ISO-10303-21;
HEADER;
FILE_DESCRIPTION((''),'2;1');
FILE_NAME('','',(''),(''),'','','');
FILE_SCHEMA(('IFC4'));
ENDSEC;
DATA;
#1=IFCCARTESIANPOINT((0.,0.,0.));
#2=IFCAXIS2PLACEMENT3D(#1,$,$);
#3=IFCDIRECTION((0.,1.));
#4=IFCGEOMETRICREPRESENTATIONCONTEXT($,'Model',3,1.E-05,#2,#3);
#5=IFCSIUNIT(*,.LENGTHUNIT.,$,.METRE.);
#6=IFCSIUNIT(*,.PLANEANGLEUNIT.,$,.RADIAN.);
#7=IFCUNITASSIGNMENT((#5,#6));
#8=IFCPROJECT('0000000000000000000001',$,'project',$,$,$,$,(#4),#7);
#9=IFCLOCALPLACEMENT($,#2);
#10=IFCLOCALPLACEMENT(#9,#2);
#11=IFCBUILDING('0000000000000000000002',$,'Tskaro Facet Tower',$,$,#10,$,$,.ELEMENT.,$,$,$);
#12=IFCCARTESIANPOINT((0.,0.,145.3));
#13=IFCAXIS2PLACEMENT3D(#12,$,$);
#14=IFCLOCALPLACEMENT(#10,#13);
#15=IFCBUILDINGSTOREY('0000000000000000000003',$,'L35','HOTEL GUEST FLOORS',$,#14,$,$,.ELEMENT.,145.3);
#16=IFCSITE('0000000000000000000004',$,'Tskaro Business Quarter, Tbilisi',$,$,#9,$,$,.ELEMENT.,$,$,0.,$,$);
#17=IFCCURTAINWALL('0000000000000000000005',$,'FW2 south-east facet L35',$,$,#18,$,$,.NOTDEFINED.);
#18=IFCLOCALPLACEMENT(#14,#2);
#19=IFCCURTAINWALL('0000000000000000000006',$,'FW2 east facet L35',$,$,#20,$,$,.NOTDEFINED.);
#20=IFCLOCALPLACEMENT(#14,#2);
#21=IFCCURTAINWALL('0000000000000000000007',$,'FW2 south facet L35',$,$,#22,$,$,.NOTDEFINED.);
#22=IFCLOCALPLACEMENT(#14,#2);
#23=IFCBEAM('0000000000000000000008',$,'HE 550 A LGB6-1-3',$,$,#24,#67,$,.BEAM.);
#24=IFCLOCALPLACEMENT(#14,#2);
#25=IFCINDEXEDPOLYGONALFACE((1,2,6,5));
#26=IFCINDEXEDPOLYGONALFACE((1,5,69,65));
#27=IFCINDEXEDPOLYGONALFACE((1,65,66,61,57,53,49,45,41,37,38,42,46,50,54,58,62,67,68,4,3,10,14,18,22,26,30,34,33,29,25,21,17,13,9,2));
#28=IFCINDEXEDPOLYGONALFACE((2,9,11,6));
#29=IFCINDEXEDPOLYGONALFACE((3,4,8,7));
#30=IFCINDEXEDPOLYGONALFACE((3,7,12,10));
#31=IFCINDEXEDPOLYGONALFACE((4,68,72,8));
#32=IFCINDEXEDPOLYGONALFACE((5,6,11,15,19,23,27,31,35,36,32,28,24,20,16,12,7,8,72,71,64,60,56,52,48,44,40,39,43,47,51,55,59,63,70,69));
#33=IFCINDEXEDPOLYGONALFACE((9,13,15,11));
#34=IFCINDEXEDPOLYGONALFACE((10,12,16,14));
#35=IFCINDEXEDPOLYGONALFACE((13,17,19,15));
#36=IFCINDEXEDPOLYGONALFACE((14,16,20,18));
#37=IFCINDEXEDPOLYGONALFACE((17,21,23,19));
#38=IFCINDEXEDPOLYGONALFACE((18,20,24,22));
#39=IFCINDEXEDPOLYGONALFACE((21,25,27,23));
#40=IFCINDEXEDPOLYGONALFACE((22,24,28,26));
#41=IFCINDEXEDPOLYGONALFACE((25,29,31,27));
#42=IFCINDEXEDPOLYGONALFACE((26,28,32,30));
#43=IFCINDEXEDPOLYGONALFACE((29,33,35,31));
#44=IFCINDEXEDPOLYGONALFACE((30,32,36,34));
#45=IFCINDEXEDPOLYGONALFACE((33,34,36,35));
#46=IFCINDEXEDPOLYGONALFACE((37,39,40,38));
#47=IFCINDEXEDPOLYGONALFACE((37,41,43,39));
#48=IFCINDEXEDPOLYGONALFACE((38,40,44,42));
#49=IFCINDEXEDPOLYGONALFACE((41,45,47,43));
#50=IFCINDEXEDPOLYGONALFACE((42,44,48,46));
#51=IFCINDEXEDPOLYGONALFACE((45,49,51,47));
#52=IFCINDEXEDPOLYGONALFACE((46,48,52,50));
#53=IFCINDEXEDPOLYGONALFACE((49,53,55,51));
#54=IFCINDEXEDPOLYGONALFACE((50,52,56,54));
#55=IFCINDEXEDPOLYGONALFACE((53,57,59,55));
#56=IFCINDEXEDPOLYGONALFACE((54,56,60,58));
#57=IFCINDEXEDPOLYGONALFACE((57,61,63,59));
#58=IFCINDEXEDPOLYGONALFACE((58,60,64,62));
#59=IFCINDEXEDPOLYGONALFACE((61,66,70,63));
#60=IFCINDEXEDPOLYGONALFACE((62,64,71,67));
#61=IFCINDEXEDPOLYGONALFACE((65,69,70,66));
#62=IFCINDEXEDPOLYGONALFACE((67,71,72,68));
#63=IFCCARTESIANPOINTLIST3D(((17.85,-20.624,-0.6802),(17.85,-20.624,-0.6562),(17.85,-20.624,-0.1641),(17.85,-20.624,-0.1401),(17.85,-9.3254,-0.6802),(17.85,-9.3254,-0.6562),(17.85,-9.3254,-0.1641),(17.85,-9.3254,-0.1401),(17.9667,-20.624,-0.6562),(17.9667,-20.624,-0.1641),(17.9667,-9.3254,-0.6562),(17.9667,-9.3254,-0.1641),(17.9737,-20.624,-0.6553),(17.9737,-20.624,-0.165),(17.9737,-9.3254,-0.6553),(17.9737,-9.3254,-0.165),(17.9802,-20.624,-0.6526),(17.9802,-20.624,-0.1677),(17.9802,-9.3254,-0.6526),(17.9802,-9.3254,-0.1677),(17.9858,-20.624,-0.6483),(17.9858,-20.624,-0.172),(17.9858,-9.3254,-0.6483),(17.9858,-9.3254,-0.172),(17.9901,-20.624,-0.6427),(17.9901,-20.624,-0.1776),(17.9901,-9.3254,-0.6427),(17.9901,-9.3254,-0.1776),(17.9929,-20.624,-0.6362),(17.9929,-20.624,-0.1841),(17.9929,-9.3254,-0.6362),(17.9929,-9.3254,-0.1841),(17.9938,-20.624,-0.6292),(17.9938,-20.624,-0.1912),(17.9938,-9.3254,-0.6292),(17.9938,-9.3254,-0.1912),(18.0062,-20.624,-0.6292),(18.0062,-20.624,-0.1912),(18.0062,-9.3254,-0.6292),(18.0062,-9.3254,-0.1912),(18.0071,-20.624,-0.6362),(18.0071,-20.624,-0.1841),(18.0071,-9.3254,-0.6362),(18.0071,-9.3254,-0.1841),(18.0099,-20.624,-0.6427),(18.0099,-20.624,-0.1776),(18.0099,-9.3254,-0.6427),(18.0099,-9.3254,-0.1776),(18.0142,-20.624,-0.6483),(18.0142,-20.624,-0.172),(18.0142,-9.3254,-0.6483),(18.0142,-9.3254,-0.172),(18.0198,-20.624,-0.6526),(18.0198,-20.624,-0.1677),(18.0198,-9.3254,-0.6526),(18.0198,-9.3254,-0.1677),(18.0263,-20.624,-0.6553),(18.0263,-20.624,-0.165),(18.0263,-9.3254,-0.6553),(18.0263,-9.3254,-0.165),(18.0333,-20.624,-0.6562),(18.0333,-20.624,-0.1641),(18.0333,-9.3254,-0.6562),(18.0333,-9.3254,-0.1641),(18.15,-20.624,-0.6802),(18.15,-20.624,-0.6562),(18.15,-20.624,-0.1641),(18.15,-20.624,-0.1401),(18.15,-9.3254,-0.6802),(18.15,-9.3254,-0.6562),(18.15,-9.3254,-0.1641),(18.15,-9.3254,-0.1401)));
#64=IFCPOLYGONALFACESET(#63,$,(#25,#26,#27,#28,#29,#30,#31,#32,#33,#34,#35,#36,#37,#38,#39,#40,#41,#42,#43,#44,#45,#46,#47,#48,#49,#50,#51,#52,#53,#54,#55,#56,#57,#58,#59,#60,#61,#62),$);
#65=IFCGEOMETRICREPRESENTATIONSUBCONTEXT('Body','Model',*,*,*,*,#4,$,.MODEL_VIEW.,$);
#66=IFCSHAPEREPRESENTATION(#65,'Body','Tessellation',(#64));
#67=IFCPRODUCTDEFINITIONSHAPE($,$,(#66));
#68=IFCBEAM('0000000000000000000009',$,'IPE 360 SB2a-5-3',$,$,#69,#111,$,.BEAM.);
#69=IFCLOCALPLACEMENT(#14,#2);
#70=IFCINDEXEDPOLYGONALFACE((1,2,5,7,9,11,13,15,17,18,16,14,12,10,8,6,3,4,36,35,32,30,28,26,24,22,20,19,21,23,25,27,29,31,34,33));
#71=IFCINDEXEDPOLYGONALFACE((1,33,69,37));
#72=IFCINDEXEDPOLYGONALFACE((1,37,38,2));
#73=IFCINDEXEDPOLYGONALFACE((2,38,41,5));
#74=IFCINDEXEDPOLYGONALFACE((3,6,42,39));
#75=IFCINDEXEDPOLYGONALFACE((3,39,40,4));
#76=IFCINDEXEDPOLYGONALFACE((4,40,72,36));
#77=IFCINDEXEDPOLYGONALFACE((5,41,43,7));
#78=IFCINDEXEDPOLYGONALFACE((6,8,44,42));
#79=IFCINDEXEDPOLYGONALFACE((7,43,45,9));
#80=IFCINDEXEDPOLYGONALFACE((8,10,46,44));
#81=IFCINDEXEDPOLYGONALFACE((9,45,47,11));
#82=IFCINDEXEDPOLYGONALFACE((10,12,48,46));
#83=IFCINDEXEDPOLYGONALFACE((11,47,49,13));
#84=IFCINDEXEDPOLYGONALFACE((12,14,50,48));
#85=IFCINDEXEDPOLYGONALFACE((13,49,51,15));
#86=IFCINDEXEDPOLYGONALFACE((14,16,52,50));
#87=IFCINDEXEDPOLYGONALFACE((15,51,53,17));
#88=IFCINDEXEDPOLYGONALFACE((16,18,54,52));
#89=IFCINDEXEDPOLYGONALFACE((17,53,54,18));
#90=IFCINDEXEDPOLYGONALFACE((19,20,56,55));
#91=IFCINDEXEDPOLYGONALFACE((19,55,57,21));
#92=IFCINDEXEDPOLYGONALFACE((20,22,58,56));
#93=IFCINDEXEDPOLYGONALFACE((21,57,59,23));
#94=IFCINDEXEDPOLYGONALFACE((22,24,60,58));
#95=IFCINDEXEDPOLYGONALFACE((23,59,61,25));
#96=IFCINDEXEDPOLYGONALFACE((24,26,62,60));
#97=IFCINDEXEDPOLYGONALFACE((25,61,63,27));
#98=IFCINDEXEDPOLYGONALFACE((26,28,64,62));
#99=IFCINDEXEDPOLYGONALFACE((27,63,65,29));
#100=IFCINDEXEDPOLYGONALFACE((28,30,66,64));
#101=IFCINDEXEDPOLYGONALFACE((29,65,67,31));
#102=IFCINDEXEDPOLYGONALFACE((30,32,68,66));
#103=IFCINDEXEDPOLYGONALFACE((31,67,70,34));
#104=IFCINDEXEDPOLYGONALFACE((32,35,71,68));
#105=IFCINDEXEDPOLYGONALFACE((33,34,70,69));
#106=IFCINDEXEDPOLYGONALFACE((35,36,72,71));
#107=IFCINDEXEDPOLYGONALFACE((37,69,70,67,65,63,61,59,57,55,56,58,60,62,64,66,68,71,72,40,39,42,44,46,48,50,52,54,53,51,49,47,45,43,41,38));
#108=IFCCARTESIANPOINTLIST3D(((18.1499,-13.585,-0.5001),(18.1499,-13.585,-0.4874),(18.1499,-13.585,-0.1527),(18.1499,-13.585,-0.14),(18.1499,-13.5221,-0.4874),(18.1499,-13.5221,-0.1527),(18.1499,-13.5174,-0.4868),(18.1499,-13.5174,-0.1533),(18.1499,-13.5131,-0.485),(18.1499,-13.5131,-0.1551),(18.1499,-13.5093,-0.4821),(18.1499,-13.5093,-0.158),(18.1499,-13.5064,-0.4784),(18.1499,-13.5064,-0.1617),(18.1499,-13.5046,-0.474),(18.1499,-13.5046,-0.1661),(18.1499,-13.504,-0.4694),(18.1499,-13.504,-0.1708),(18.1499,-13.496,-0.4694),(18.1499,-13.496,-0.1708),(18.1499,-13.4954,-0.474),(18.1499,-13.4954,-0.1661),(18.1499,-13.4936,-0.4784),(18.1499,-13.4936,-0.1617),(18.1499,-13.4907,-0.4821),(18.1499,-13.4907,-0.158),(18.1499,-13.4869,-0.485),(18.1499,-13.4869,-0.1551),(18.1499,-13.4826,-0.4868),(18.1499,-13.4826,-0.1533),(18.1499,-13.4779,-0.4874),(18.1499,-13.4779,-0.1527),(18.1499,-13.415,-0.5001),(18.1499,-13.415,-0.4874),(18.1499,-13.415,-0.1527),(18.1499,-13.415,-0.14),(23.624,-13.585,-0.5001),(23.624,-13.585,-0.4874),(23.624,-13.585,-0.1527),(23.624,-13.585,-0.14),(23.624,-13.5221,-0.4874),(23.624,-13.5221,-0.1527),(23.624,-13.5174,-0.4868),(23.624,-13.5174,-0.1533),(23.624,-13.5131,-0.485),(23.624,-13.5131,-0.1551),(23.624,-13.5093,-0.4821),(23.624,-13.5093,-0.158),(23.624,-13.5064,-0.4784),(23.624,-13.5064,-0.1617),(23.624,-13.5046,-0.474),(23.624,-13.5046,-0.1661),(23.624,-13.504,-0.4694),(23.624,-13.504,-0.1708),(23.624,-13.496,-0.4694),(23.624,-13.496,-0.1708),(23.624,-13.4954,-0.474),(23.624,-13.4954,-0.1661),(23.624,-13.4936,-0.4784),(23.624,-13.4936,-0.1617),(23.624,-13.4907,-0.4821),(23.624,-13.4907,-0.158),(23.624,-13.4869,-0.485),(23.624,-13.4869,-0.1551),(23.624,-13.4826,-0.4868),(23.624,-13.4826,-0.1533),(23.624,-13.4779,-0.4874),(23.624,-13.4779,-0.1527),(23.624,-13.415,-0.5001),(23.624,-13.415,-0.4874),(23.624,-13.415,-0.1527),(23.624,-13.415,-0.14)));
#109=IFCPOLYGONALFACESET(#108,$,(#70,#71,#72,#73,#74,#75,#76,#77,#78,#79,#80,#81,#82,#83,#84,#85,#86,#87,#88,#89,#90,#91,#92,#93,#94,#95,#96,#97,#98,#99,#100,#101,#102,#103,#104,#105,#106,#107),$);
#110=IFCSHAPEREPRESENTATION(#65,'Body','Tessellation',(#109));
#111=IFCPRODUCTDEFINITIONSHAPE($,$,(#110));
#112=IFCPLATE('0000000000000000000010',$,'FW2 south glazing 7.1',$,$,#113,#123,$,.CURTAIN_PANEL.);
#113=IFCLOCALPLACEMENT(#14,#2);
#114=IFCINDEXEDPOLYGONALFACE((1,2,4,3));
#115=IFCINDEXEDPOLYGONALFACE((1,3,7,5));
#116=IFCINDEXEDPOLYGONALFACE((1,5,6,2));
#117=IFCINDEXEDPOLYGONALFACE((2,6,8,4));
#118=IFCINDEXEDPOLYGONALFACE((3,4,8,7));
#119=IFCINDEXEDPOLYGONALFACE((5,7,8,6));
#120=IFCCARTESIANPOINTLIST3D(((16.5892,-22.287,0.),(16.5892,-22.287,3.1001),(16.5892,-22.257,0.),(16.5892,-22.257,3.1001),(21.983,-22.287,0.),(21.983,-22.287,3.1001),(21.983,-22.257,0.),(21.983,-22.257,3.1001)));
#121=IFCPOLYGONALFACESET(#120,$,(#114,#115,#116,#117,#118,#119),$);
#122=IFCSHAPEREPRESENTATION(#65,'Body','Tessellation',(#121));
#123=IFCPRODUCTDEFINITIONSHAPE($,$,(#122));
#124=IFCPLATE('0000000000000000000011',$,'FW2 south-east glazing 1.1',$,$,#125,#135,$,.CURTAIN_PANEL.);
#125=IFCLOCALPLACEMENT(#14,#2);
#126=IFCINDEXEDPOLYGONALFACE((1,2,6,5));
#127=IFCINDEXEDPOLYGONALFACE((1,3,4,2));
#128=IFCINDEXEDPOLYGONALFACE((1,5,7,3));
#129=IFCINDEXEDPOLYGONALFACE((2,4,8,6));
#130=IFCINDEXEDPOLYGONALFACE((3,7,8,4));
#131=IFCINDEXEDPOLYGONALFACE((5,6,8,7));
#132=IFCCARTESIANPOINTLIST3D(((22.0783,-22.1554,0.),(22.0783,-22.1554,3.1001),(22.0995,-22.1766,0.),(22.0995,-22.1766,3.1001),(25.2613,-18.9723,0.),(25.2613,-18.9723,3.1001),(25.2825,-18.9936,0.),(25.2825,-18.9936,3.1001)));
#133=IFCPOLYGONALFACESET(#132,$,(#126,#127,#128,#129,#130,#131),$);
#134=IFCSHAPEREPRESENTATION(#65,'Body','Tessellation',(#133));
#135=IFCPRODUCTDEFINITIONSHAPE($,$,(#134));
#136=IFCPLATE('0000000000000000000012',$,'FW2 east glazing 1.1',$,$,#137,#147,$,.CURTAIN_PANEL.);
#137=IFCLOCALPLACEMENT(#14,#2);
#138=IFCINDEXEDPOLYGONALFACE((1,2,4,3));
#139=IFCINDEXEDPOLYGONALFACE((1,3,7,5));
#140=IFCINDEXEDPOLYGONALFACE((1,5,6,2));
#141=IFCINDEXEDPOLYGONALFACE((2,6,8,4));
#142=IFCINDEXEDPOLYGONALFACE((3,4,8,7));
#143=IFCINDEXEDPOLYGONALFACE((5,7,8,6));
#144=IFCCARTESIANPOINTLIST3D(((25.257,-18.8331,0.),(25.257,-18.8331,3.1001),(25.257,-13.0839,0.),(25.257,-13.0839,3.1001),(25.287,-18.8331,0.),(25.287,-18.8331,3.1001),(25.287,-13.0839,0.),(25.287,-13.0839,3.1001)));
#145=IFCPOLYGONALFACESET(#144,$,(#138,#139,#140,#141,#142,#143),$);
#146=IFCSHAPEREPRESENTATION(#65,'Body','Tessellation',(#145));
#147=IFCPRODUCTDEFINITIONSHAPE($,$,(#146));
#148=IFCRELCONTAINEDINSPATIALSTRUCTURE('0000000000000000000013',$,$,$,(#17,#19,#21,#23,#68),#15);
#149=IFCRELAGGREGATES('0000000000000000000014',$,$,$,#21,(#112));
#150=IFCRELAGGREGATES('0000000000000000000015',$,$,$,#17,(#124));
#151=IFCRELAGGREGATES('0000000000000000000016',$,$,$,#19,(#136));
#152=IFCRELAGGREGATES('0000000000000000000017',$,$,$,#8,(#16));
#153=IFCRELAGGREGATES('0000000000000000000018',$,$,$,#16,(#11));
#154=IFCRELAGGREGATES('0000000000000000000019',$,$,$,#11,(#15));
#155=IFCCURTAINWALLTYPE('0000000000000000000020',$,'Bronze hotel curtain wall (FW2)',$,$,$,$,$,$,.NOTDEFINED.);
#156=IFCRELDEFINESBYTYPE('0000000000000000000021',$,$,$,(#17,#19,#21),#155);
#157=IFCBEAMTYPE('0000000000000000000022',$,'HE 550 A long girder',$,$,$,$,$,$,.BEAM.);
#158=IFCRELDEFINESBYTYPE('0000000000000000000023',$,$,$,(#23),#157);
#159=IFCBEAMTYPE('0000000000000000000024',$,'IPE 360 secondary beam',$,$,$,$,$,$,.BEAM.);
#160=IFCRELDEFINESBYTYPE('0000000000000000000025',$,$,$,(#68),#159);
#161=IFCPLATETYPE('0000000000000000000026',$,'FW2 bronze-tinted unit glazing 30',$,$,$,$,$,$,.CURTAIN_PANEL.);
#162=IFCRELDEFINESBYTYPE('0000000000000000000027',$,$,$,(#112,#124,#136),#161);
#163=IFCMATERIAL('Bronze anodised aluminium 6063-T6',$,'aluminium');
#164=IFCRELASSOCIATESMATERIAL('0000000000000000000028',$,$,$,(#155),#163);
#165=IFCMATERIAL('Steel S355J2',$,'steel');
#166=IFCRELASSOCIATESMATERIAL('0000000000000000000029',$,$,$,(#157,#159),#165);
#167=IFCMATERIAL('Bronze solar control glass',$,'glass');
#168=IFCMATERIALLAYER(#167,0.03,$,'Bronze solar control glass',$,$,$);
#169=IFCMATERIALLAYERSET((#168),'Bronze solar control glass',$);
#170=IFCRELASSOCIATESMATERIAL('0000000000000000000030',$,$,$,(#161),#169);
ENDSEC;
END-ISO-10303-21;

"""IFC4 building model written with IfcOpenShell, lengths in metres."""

from ifc_helpers import new_model, si_unit, direction, frame, origin, origin_2d, place, context, subcontext, project, spatial, rectangle, i_section, extrude, material, layer, layer_set, material_profile, profile_set, type_object, element, aggregate, save


model = new_model("IFC4")

# Units and contexts
model_context = context("Model", 3, precision=1e-05, world=origin(), true_north=direction((0.0, 1.0)))
body_context = subcontext(model_context, "Body", "Model", "MODEL_VIEW")
ifc_project = project(units=[si_unit("LENGTHUNIT", "METRE"), si_unit("PLANEANGLEUNIT", "RADIAN")], contexts=[model_context])

# Site, building, storey
site_placement = place(None, origin())
site = spatial("IfcSite", under=ifc_project, at=site_placement, Name="Tskaro Business Quarter, Tbilisi", CompositionType="ELEMENT", RefElevation=0.0)
building_placement = place(site_placement, origin())
building = spatial("IfcBuilding", under=site, at=building_placement, Name="Tskaro Facet Tower", CompositionType="ELEMENT")
storey_placement = place(building_placement, frame((0.0, 0.0, 145.3)))
storey = spatial("IfcBuildingStorey", under=building, at=storey_placement, Name="L35", Description="HOTEL GUEST FLOORS", CompositionType="ELEMENT", Elevation=145.3)

# Curtain walls
ifc_material_1 = material(Name="Bronze anodised aluminium 6063-T6", Category="aluminium")
curtain_wall_type = type_object("IfcCurtainWallType", Name="Bronze hotel curtain wall (FW2)", PredefinedType="NOTDEFINED", material=ifc_material_1)
curtain_wall_1_placement = place(storey_placement, origin())
curtain_wall_1 = element("IfcCurtainWall", 1, at=curtain_wall_1_placement, inside=storey, type_object=curtain_wall_type, Name="FW2 south-east facet L35", PredefinedType="NOTDEFINED")
curtain_wall_2_placement = place(storey_placement, origin())
curtain_wall_2 = element("IfcCurtainWall", 2, at=curtain_wall_2_placement, inside=storey, type_object=curtain_wall_type, Name="FW2 east facet L35", PredefinedType="NOTDEFINED")

# Curtain wall
curtain_wall_3_placement = place(storey_placement, origin())
curtain_wall_3 = element("IfcCurtainWall", 3, at=curtain_wall_3_placement, inside=storey, type_object=curtain_wall_type, Name="FW2 south facet L35", PredefinedType="NOTDEFINED")

# Beams
ifc_material_2 = material(Name="Steel S355J2", Category="steel")
ifc_material_profile_1 = material_profile(ifc_material_2, i_section(OverallWidth=0.3, OverallDepth=0.54, WebThickness=0.0125, FlangeThickness=0.0239, FilletRadius=0.0271, at=origin_2d()), Name="HE 550 A")
ifc_profile_set_1 = profile_set([ifc_material_profile_1], Name="Steel S355J2")
beam_type_1 = type_object("IfcBeamType", Name="HE 550 A long girder", PredefinedType="BEAM", material=ifc_profile_set_1)
beam_1_placement = place(storey_placement, frame((18.0, -20.624, -0.4102), z_axis=(0.0, 1.0, 0.0), x_axis=(-1.0, 0.0, 0.0)))
element("IfcBeam", 4, at=beam_1_placement, inside=storey, type_object=beam_type_1, Name="HE 550 A LGB6-1-3", PredefinedType="BEAM", context=body_context, shape_type="SweptSolid", body=[
    extrude(i_section(OverallWidth=0.3, OverallDepth=0.54, WebThickness=0.0125, FlangeThickness=0.0239, FilletRadius=0.0271, at=origin_2d()), origin(), (0.0, 0.0, 1.0), 11.2986),
])
ifc_material_profile_2 = material_profile(ifc_material_2, i_section(OverallWidth=0.1699, OverallDepth=0.3601, WebThickness=0.0081, FlangeThickness=0.0127, FilletRadius=0.0181, at=origin_2d()), Name="IPE 360")
ifc_profile_set_2 = profile_set([ifc_material_profile_2], Name="Steel S355J2")
beam_type_2 = type_object("IfcBeamType", Name="IPE 360 secondary beam", PredefinedType="BEAM", material=ifc_profile_set_2)
beam_2_placement = place(storey_placement, frame((18.1499, -13.5, -0.3201), z_axis=(1.0, 0.0, 0.0), x_axis=(0.0, 1.0, 0.0)))
element("IfcBeam", 5, at=beam_2_placement, inside=storey, type_object=beam_type_2, Name="IPE 360 SB2a-5-3", PredefinedType="BEAM", context=body_context, shape_type="SweptSolid", body=[
    extrude(i_section(OverallWidth=0.1699, OverallDepth=0.3601, WebThickness=0.0081, FlangeThickness=0.0127, FilletRadius=0.0181, at=origin_2d()), origin(), (0.0, 0.0, 1.0), 5.4741),
])

# Plates
ifc_material_3 = material(Name="Bronze solar control glass", Category="glass")
ifc_layer_1 = layer(ifc_material_3, 0.03, Name="Bronze solar control glass")
ifc_layer_set_1 = layer_set([ifc_layer_1], Name="Bronze solar control glass")
plate_type = type_object("IfcPlateType", Name="FW2 bronze-tinted unit glazing 30", PredefinedType="CURTAIN_PANEL", material=ifc_layer_set_1)
plate_1_placement = place(storey_placement, frame((19.2861, -22.272, 0.0), z_axis=(0.0, 0.0, 1.0), x_axis=(1.0, 0.0, 0.0)))
plate_1 = element("IfcPlate", 6, at=plate_1_placement, type_object=plate_type, Name="FW2 south glazing 7.1", PredefinedType="CURTAIN_PANEL", context=body_context, shape_type="SweptSolid", body=[
    extrude(rectangle(XDim=5.3938, YDim=0.03, at=origin_2d()), origin(), (0.0, 0.0, 1.0), 3.1001),
])
aggregate(curtain_wall_3, [plate_1])
plate_2_placement = place(storey_placement, frame((23.6804, -20.5745, 0.0), z_axis=(0.0, 0.0, 1.0), x_axis=(0.707107, 0.707107, 0.0)))
plate_2 = element("IfcPlate", 7, at=plate_2_placement, type_object=plate_type, Name="FW2 south-east glazing 1.1", PredefinedType="CURTAIN_PANEL", context=body_context, shape_type="SweptSolid", body=[
    extrude(rectangle(XDim=4.5015, YDim=0.03, at=origin_2d()), origin(), (0.0, 0.0, 1.0), 3.1001),
])
aggregate(curtain_wall_1, [plate_2])
plate_3_placement = place(storey_placement, frame((25.272, -15.9585, 0.0), z_axis=(0.0, 0.0, 1.0), x_axis=(0.0, 1.0, 0.0)))
plate_3 = element("IfcPlate", 8, at=plate_3_placement, type_object=plate_type, Name="FW2 east glazing 1.1", PredefinedType="CURTAIN_PANEL", context=body_context, shape_type="SweptSolid", body=[
    extrude(rectangle(XDim=5.7493, YDim=0.03, at=origin_2d()), origin(), (0.0, 0.0, 1.0), 3.1001),
])
aggregate(curtain_wall_2, [plate_3])

save(model, "model.ifc")
